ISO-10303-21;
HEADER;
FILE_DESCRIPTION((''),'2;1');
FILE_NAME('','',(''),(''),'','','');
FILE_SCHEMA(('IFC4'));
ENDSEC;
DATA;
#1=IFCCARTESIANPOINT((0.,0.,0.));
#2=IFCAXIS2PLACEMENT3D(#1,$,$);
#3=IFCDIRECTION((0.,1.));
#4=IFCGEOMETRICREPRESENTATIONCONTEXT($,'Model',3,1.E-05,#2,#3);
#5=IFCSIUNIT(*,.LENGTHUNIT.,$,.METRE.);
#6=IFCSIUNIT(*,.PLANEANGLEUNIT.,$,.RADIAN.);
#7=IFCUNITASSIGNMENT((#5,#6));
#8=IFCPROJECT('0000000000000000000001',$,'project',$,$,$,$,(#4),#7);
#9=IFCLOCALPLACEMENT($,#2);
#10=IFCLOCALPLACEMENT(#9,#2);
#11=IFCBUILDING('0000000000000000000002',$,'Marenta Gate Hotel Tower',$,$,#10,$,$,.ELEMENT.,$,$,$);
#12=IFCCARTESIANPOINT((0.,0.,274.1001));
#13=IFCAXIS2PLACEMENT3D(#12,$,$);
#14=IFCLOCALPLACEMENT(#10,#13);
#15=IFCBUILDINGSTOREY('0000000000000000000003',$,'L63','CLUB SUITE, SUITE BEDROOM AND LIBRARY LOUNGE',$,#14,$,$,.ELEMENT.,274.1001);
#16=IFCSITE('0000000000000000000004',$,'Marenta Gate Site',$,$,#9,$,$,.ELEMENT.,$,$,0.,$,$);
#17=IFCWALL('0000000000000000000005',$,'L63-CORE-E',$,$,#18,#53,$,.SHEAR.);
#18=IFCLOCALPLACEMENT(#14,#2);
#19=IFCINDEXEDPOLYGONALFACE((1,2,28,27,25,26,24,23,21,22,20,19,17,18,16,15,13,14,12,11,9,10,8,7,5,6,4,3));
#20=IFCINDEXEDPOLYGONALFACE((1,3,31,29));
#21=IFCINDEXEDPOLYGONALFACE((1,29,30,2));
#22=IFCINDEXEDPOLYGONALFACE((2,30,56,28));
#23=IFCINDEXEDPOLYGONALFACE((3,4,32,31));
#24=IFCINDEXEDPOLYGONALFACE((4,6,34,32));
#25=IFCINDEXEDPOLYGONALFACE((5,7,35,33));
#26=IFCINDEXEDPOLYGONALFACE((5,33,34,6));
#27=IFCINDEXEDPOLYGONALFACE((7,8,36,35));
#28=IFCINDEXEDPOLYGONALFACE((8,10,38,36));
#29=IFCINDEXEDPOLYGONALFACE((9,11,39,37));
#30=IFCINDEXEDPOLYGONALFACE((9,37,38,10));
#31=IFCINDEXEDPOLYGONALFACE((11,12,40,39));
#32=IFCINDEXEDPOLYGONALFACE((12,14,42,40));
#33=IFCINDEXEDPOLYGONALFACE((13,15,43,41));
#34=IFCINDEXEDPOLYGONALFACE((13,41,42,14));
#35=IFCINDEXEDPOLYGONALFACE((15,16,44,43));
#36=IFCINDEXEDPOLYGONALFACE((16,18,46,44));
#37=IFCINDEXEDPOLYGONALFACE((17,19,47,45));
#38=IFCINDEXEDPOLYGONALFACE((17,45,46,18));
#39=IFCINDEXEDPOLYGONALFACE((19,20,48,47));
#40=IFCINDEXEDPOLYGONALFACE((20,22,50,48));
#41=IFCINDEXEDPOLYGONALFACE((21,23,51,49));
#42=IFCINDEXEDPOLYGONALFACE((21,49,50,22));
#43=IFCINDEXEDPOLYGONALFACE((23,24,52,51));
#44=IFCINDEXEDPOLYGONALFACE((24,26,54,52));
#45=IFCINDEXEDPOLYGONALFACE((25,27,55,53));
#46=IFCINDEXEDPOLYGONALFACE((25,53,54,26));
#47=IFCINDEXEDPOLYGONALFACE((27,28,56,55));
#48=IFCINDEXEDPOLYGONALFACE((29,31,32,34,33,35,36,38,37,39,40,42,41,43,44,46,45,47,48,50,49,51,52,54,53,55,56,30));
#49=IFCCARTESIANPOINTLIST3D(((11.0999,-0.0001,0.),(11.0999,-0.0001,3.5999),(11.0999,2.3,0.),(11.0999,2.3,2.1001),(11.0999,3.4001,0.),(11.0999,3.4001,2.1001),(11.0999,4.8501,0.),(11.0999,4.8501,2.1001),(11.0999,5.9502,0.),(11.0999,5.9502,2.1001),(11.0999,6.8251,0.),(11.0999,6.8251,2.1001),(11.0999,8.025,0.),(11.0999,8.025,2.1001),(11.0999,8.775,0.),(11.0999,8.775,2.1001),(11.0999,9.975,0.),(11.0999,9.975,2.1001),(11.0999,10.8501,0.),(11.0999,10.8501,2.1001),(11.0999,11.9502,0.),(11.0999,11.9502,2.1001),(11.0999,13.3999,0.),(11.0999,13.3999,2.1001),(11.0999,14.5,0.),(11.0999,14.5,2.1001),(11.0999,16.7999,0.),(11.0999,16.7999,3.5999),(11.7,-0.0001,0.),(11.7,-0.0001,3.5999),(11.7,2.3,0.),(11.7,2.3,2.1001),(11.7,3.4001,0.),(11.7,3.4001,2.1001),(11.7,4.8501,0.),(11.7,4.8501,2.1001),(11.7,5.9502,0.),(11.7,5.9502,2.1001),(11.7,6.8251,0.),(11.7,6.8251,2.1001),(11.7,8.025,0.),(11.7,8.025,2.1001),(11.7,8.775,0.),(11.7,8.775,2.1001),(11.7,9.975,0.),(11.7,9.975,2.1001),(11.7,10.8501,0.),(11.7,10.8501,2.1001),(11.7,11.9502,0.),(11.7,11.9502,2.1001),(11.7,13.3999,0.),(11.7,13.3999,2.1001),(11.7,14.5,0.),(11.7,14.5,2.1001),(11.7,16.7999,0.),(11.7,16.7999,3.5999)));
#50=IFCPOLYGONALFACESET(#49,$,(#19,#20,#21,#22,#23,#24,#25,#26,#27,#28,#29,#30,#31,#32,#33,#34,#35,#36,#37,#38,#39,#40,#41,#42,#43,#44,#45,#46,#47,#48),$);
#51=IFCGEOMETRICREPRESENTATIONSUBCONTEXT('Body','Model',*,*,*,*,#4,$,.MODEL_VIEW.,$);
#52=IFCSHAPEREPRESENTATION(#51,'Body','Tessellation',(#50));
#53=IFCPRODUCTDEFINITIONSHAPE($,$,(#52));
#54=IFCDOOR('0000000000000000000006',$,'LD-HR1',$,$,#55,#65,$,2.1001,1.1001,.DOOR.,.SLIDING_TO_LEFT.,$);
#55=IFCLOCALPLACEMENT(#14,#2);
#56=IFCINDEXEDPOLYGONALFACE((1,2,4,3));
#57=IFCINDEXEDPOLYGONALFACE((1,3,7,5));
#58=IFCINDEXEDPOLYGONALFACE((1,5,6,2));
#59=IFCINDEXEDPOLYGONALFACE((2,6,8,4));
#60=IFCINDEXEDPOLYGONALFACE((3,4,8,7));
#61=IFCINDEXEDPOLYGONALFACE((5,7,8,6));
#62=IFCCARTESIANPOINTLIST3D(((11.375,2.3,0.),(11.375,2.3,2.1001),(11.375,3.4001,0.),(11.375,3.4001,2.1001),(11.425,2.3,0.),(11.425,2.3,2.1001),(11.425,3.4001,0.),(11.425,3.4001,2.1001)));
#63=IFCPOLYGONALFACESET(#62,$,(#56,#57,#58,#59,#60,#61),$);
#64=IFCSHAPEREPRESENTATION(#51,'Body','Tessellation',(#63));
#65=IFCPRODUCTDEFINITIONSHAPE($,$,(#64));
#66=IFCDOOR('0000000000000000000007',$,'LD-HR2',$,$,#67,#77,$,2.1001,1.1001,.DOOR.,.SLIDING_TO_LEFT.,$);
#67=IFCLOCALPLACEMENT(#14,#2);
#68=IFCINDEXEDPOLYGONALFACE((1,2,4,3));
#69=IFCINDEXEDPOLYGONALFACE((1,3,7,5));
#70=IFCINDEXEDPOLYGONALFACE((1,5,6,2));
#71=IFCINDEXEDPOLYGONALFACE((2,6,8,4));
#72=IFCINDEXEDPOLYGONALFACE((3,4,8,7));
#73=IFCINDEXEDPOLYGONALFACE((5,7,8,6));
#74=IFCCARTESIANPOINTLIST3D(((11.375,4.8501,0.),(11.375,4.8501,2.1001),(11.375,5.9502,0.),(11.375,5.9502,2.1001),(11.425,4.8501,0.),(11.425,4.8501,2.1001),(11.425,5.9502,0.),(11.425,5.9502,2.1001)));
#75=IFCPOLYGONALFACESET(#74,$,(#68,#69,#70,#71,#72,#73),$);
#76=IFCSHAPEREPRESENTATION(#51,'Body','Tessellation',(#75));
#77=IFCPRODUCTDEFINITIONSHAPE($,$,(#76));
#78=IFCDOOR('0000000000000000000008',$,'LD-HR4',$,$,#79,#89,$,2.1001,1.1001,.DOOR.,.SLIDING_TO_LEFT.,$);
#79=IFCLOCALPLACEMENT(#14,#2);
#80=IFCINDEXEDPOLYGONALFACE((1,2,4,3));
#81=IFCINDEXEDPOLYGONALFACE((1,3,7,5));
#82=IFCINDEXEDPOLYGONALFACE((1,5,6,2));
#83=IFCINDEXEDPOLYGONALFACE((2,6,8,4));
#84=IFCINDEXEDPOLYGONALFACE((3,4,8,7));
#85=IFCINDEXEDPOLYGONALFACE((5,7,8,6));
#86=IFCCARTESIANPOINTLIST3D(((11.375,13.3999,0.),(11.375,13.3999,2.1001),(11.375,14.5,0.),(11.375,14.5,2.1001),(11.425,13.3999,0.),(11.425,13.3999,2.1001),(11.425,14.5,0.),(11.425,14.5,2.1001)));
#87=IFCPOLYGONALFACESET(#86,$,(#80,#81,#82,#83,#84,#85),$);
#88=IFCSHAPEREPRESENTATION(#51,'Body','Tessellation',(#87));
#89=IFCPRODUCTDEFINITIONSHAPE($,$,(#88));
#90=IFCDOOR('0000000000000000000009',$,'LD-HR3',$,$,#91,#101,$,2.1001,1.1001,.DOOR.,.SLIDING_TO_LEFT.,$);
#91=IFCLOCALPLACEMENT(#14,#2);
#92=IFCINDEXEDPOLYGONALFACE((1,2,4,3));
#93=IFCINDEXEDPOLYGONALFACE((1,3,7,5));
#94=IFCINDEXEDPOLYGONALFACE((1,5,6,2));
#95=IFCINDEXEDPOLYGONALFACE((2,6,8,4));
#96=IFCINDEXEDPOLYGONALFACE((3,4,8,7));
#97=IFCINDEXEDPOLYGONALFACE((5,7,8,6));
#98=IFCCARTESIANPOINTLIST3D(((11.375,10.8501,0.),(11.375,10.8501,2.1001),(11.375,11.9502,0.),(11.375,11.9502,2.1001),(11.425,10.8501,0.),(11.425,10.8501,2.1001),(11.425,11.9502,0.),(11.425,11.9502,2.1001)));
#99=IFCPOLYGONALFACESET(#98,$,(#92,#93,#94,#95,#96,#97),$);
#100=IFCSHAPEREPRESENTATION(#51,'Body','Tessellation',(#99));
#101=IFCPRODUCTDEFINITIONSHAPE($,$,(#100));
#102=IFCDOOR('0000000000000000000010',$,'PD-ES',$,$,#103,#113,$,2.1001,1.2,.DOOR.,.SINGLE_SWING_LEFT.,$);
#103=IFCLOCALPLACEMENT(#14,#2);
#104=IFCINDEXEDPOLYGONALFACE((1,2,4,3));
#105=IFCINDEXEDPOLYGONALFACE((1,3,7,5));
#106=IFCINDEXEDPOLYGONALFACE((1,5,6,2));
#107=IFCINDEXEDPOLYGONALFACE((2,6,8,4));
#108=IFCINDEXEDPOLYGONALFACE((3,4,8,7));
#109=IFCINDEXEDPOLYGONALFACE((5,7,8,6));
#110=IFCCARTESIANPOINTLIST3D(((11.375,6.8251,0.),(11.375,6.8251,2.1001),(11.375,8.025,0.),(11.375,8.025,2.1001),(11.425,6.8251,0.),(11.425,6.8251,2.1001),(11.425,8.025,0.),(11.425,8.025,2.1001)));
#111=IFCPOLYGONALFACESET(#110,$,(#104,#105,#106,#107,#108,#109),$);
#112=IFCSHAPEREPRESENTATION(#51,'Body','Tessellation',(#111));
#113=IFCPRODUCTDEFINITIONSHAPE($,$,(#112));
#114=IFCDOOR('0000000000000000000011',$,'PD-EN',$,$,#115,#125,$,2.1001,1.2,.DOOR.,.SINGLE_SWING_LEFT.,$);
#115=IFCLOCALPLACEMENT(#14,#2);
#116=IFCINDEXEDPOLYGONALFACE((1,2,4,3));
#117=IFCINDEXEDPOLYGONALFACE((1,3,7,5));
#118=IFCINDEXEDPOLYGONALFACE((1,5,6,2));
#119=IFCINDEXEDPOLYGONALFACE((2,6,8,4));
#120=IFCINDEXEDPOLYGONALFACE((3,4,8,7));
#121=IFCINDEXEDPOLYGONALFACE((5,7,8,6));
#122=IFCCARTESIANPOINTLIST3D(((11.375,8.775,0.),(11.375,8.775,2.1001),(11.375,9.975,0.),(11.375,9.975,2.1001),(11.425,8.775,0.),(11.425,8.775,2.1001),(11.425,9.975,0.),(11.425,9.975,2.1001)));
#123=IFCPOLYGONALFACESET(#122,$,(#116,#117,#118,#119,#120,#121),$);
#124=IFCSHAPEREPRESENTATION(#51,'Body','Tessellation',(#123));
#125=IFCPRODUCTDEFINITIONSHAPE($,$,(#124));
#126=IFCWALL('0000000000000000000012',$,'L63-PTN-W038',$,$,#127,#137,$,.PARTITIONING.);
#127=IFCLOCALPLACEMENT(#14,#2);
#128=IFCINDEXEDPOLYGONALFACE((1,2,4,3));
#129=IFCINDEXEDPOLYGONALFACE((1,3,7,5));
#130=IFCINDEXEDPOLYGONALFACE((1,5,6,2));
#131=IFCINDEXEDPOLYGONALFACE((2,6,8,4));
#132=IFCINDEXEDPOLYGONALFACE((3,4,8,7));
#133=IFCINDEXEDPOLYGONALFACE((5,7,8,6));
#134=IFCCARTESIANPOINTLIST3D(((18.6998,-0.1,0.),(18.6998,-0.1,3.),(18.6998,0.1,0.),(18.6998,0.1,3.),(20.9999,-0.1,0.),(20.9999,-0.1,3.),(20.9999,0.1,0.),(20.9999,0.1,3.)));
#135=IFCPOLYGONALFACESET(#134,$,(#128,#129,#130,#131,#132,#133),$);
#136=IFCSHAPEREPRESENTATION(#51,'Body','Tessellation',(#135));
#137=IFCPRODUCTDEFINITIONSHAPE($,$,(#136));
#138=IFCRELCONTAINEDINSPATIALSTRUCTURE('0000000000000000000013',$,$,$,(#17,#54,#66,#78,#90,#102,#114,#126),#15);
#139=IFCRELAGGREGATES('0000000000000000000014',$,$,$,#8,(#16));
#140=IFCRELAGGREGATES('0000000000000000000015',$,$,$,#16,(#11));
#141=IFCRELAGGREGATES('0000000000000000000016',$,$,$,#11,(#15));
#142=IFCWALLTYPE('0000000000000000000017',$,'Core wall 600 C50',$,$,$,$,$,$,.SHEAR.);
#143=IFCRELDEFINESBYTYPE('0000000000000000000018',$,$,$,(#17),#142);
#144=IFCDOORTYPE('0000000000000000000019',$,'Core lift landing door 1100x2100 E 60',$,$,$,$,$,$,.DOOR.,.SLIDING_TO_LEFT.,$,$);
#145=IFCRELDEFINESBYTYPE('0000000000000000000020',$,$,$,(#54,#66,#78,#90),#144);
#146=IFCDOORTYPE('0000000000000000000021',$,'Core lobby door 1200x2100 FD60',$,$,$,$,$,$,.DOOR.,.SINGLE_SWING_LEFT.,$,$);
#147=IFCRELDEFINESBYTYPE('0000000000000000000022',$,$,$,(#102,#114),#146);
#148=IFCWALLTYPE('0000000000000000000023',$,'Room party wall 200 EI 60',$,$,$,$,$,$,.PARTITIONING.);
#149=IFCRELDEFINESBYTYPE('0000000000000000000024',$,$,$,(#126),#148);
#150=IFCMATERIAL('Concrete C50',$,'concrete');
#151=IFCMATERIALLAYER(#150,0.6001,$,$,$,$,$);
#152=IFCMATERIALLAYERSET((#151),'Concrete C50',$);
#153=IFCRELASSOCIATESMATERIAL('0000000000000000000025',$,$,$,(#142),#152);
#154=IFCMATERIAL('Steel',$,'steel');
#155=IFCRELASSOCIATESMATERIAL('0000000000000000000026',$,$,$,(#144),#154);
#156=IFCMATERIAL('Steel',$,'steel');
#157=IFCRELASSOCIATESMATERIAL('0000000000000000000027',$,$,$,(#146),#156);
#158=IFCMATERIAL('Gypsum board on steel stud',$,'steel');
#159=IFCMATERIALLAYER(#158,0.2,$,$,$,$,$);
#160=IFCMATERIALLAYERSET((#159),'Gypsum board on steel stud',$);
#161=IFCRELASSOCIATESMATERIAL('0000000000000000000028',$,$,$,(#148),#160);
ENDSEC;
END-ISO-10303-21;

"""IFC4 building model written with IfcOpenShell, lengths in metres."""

from ifc_helpers import new_model, si_unit, direction, frame, frame_2d, origin, place, context, subcontext, project, spatial, rectangle, extrude, material, layer, layer_set, type_object, element, fill, save


model = new_model("IFC4")

# Units and contexts
model_context = context("Model", 3, precision=1e-05, world=origin(), true_north=direction((0.0, 1.0)))
body_context = subcontext(model_context, "Body", "Model", "MODEL_VIEW")
ifc_project = project(units=[si_unit("LENGTHUNIT", "METRE"), si_unit("PLANEANGLEUNIT", "RADIAN")], contexts=[model_context])

# Site, building, storey
site_placement = place(None, origin())
site = spatial("IfcSite", under=ifc_project, at=site_placement, Name="Marenta Gate Site", CompositionType="ELEMENT", RefElevation=0.0)
building_placement = place(site_placement, origin())
building = spatial("IfcBuilding", under=site, at=building_placement, Name="Marenta Gate Hotel Tower", CompositionType="ELEMENT")
storey_placement = place(building_placement, frame((0.0, 0.0, 274.1001)))
storey = spatial("IfcBuildingStorey", under=building, at=storey_placement, Name="L63", Description="CLUB SUITE, SUITE BEDROOM AND LIBRARY LOUNGE", CompositionType="ELEMENT", Elevation=274.1001)

# Wall, openings, doors
ifc_material_1 = material(Name="Concrete C50", Category="concrete")
ifc_layer_1 = layer(ifc_material_1, 0.6001)
ifc_layer_set_1 = layer_set([ifc_layer_1], Name="Concrete C50")
wall_type_1 = type_object("IfcWallType", Name="Core wall 600 C50", PredefinedType="SHEAR", material=ifc_layer_set_1)
wall_1_placement = place(storey_placement, frame((11.3999, 0.0, 0.0), z_axis=(0.0, 0.0, 1.0), x_axis=(0.0, 1.0, 0.0)))
wall_1 = element("IfcWall", 1, at=wall_1_placement, inside=storey, type_object=wall_type_1, Name="L63-CORE-E", PredefinedType="SHEAR", context=body_context, shape_type="SweptSolid", body=[
    extrude(rectangle(XDim=16.8, YDim=0.6001, at=frame_2d((8.3999, 0.0))), origin(), (0.0, 0.0, 1.0), 3.5999),
])
opening_1_placement = place(wall_1_placement, frame((2.3, 0.0, 0.0)))
opening_1 = element("IfcOpeningElement", 2, at=opening_1_placement, cuts=wall_1, PredefinedType="OPENING", context=body_context, shape_type="SweptSolid", body=[
    extrude(rectangle(XDim=1.1001, YDim=2.1001, at=frame_2d((0.55, 1.05))), frame((0.0, 0.3, 0.0), z_axis=(0.0, -1.0, 0.0), x_axis=(1.0, 0.0, 0.0)), (0.0, 0.0, 1.0), 0.6001),
])
opening_2_placement = place(wall_1_placement, frame((4.8501, 0.0, 0.0)))
opening_2 = element("IfcOpeningElement", 3, at=opening_2_placement, cuts=wall_1, PredefinedType="OPENING", context=body_context, shape_type="SweptSolid", body=[
    extrude(rectangle(XDim=1.1001, YDim=2.1001, at=frame_2d((0.55, 1.05))), frame((0.0, 0.3, 0.0), z_axis=(0.0, -1.0, 0.0), x_axis=(1.0, 0.0, 0.0)), (0.0, 0.0, 1.0), 0.6001),
])
opening_3_placement = place(wall_1_placement, frame((6.825, 0.0, 0.0)))
opening_3 = element("IfcOpeningElement", 4, at=opening_3_placement, cuts=wall_1, PredefinedType="OPENING", context=body_context, shape_type="SweptSolid", body=[
    extrude(rectangle(XDim=1.2, YDim=2.1001, at=frame_2d((0.6001, 1.05))), frame((0.0, 0.3, 0.0), z_axis=(0.0, -1.0, 0.0), x_axis=(1.0, 0.0, 0.0)), (0.0, 0.0, 1.0), 0.6001),
])
opening_4_placement = place(wall_1_placement, frame((13.3999, 0.0, 0.0)))
opening_4 = element("IfcOpeningElement", 5, at=opening_4_placement, cuts=wall_1, PredefinedType="OPENING", context=body_context, shape_type="SweptSolid", body=[
    extrude(rectangle(XDim=1.1001, YDim=2.1001, at=frame_2d((0.55, 1.05))), frame((0.0, 0.3, 0.0), z_axis=(0.0, -1.0, 0.0), x_axis=(1.0, 0.0, 0.0)), (0.0, 0.0, 1.0), 0.6001),
])
opening_5_placement = place(wall_1_placement, frame((10.8501, 0.0, 0.0)))
opening_5 = element("IfcOpeningElement", 6, at=opening_5_placement, cuts=wall_1, PredefinedType="OPENING", context=body_context, shape_type="SweptSolid", body=[
    extrude(rectangle(XDim=1.1001, YDim=2.1001, at=frame_2d((0.55, 1.05))), frame((0.0, 0.3, 0.0), z_axis=(0.0, -1.0, 0.0), x_axis=(1.0, 0.0, 0.0)), (0.0, 0.0, 1.0), 0.6001),
])
opening_6_placement = place(wall_1_placement, frame((8.7749, 0.0, 0.0)))
opening_6 = element("IfcOpeningElement", 7, at=opening_6_placement, cuts=wall_1, PredefinedType="OPENING", context=body_context, shape_type="SweptSolid", body=[
    extrude(rectangle(XDim=1.2, YDim=2.1001, at=frame_2d((0.6001, 1.05))), frame((0.0, 0.3, 0.0), z_axis=(0.0, -1.0, 0.0), x_axis=(1.0, 0.0, 0.0)), (0.0, 0.0, 1.0), 0.6001),
])
ifc_material_2 = material(Name="Steel", Category="steel")
door_type_1 = type_object("IfcDoorType", Name="Core lift landing door 1100x2100 E 60", OperationType="SLIDING_TO_LEFT", PredefinedType="DOOR", material=ifc_material_2)
door_1_placement = place(opening_1_placement, origin())
door_1 = element("IfcDoor", 8, at=door_1_placement, inside=storey, type_object=door_type_1, Name="LD-HR1", OperationType="SLIDING_TO_LEFT", OverallHeight=2.1001, OverallWidth=1.1001, PredefinedType="DOOR", context=body_context, shape_type="SweptSolid", body=[
    extrude(rectangle(XDim=1.1001, YDim=2.1001, at=frame_2d((0.55, 1.05))), frame((0.0, 0.0249, 0.0), z_axis=(0.0, -1.0, 0.0), x_axis=(1.0, 0.0, 0.0)), (0.0, 0.0, 1.0), 0.05),
])
fill(opening_1, door_1)
door_2_placement = place(opening_2_placement, origin())
door_2 = element("IfcDoor", 9, at=door_2_placement, inside=storey, type_object=door_type_1, Name="LD-HR2", OperationType="SLIDING_TO_LEFT", OverallHeight=2.1001, OverallWidth=1.1001, PredefinedType="DOOR", context=body_context, shape_type="SweptSolid", body=[
    extrude(rectangle(XDim=1.1001, YDim=2.1001, at=frame_2d((0.55, 1.05))), frame((0.0, 0.0249, 0.0), z_axis=(0.0, -1.0, 0.0), x_axis=(1.0, 0.0, 0.0)), (0.0, 0.0, 1.0), 0.05),
])
fill(opening_2, door_2)
door_3_placement = place(opening_4_placement, origin())
door_3 = element("IfcDoor", 10, at=door_3_placement, inside=storey, type_object=door_type_1, Name="LD-HR4", OperationType="SLIDING_TO_LEFT", OverallHeight=2.1001, OverallWidth=1.1001, PredefinedType="DOOR", context=body_context, shape_type="SweptSolid", body=[
    extrude(rectangle(XDim=1.1001, YDim=2.1001, at=frame_2d((0.55, 1.05))), frame((0.0, 0.0249, 0.0), z_axis=(0.0, -1.0, 0.0), x_axis=(1.0, 0.0, 0.0)), (0.0, 0.0, 1.0), 0.05),
])
fill(opening_4, door_3)
door_4_placement = place(opening_5_placement, origin())
door_4 = element("IfcDoor", 11, at=door_4_placement, inside=storey, type_object=door_type_1, Name="LD-HR3", OperationType="SLIDING_TO_LEFT", OverallHeight=2.1001, OverallWidth=1.1001, PredefinedType="DOOR", context=body_context, shape_type="SweptSolid", body=[
    extrude(rectangle(XDim=1.1001, YDim=2.1001, at=frame_2d((0.55, 1.05))), frame((0.0, 0.0249, 0.0), z_axis=(0.0, -1.0, 0.0), x_axis=(1.0, 0.0, 0.0)), (0.0, 0.0, 1.0), 0.05),
])
fill(opening_5, door_4)
ifc_material_3 = material(Name="Steel", Category="steel")
door_type_2 = type_object("IfcDoorType", Name="Core lobby door 1200x2100 FD60", OperationType="SINGLE_SWING_LEFT", PredefinedType="DOOR", material=ifc_material_3)
door_5_placement = place(opening_3_placement, origin())
door_5 = element("IfcDoor", 12, at=door_5_placement, inside=storey, type_object=door_type_2, Name="PD-ES", OperationType="SINGLE_SWING_LEFT", OverallHeight=2.1001, OverallWidth=1.2, PredefinedType="DOOR", context=body_context, shape_type="SweptSolid", body=[
    extrude(rectangle(XDim=1.2, YDim=2.1001, at=frame_2d((0.6001, 1.05))), frame((0.0, 0.0249, 0.0), z_axis=(0.0, -1.0, 0.0), x_axis=(1.0, 0.0, 0.0)), (0.0, 0.0, 1.0), 0.05),
])
fill(opening_3, door_5)
door_6_placement = place(opening_6_placement, origin())
door_6 = element("IfcDoor", 13, at=door_6_placement, inside=storey, type_object=door_type_2, Name="PD-EN", OperationType="SINGLE_SWING_LEFT", OverallHeight=2.1001, OverallWidth=1.2, PredefinedType="DOOR", context=body_context, shape_type="SweptSolid", body=[
    extrude(rectangle(XDim=1.2, YDim=2.1001, at=frame_2d((0.6001, 1.05))), frame((0.0, 0.0249, 0.0), z_axis=(0.0, -1.0, 0.0), x_axis=(1.0, 0.0, 0.0)), (0.0, 0.0, 1.0), 0.05),
])
fill(opening_6, door_6)

# Wall
ifc_material_4 = material(Name="Gypsum board on steel stud", Category="steel")
ifc_layer_2 = layer(ifc_material_4, 0.2)
ifc_layer_set_2 = layer_set([ifc_layer_2], Name="Gypsum board on steel stud")
wall_type_2 = type_object("IfcWallType", Name="Room party wall 200 EI 60", PredefinedType="PARTITIONING", material=ifc_layer_set_2)
wall_2_placement = place(storey_placement, frame((18.7, 0.0, 0.0), z_axis=(0.0, 0.0, 1.0), x_axis=(1.0, 0.0, 0.0)))
element("IfcWall", 14, at=wall_2_placement, inside=storey, type_object=wall_type_2, Name="L63-PTN-W038", PredefinedType="PARTITIONING", context=body_context, shape_type="SweptSolid", body=[
    extrude(rectangle(XDim=2.3, YDim=0.2, at=frame_2d((1.1499, 0.0))), origin(), (0.0, 0.0, 1.0), 3.0),
])

save(model, "model.ifc")
